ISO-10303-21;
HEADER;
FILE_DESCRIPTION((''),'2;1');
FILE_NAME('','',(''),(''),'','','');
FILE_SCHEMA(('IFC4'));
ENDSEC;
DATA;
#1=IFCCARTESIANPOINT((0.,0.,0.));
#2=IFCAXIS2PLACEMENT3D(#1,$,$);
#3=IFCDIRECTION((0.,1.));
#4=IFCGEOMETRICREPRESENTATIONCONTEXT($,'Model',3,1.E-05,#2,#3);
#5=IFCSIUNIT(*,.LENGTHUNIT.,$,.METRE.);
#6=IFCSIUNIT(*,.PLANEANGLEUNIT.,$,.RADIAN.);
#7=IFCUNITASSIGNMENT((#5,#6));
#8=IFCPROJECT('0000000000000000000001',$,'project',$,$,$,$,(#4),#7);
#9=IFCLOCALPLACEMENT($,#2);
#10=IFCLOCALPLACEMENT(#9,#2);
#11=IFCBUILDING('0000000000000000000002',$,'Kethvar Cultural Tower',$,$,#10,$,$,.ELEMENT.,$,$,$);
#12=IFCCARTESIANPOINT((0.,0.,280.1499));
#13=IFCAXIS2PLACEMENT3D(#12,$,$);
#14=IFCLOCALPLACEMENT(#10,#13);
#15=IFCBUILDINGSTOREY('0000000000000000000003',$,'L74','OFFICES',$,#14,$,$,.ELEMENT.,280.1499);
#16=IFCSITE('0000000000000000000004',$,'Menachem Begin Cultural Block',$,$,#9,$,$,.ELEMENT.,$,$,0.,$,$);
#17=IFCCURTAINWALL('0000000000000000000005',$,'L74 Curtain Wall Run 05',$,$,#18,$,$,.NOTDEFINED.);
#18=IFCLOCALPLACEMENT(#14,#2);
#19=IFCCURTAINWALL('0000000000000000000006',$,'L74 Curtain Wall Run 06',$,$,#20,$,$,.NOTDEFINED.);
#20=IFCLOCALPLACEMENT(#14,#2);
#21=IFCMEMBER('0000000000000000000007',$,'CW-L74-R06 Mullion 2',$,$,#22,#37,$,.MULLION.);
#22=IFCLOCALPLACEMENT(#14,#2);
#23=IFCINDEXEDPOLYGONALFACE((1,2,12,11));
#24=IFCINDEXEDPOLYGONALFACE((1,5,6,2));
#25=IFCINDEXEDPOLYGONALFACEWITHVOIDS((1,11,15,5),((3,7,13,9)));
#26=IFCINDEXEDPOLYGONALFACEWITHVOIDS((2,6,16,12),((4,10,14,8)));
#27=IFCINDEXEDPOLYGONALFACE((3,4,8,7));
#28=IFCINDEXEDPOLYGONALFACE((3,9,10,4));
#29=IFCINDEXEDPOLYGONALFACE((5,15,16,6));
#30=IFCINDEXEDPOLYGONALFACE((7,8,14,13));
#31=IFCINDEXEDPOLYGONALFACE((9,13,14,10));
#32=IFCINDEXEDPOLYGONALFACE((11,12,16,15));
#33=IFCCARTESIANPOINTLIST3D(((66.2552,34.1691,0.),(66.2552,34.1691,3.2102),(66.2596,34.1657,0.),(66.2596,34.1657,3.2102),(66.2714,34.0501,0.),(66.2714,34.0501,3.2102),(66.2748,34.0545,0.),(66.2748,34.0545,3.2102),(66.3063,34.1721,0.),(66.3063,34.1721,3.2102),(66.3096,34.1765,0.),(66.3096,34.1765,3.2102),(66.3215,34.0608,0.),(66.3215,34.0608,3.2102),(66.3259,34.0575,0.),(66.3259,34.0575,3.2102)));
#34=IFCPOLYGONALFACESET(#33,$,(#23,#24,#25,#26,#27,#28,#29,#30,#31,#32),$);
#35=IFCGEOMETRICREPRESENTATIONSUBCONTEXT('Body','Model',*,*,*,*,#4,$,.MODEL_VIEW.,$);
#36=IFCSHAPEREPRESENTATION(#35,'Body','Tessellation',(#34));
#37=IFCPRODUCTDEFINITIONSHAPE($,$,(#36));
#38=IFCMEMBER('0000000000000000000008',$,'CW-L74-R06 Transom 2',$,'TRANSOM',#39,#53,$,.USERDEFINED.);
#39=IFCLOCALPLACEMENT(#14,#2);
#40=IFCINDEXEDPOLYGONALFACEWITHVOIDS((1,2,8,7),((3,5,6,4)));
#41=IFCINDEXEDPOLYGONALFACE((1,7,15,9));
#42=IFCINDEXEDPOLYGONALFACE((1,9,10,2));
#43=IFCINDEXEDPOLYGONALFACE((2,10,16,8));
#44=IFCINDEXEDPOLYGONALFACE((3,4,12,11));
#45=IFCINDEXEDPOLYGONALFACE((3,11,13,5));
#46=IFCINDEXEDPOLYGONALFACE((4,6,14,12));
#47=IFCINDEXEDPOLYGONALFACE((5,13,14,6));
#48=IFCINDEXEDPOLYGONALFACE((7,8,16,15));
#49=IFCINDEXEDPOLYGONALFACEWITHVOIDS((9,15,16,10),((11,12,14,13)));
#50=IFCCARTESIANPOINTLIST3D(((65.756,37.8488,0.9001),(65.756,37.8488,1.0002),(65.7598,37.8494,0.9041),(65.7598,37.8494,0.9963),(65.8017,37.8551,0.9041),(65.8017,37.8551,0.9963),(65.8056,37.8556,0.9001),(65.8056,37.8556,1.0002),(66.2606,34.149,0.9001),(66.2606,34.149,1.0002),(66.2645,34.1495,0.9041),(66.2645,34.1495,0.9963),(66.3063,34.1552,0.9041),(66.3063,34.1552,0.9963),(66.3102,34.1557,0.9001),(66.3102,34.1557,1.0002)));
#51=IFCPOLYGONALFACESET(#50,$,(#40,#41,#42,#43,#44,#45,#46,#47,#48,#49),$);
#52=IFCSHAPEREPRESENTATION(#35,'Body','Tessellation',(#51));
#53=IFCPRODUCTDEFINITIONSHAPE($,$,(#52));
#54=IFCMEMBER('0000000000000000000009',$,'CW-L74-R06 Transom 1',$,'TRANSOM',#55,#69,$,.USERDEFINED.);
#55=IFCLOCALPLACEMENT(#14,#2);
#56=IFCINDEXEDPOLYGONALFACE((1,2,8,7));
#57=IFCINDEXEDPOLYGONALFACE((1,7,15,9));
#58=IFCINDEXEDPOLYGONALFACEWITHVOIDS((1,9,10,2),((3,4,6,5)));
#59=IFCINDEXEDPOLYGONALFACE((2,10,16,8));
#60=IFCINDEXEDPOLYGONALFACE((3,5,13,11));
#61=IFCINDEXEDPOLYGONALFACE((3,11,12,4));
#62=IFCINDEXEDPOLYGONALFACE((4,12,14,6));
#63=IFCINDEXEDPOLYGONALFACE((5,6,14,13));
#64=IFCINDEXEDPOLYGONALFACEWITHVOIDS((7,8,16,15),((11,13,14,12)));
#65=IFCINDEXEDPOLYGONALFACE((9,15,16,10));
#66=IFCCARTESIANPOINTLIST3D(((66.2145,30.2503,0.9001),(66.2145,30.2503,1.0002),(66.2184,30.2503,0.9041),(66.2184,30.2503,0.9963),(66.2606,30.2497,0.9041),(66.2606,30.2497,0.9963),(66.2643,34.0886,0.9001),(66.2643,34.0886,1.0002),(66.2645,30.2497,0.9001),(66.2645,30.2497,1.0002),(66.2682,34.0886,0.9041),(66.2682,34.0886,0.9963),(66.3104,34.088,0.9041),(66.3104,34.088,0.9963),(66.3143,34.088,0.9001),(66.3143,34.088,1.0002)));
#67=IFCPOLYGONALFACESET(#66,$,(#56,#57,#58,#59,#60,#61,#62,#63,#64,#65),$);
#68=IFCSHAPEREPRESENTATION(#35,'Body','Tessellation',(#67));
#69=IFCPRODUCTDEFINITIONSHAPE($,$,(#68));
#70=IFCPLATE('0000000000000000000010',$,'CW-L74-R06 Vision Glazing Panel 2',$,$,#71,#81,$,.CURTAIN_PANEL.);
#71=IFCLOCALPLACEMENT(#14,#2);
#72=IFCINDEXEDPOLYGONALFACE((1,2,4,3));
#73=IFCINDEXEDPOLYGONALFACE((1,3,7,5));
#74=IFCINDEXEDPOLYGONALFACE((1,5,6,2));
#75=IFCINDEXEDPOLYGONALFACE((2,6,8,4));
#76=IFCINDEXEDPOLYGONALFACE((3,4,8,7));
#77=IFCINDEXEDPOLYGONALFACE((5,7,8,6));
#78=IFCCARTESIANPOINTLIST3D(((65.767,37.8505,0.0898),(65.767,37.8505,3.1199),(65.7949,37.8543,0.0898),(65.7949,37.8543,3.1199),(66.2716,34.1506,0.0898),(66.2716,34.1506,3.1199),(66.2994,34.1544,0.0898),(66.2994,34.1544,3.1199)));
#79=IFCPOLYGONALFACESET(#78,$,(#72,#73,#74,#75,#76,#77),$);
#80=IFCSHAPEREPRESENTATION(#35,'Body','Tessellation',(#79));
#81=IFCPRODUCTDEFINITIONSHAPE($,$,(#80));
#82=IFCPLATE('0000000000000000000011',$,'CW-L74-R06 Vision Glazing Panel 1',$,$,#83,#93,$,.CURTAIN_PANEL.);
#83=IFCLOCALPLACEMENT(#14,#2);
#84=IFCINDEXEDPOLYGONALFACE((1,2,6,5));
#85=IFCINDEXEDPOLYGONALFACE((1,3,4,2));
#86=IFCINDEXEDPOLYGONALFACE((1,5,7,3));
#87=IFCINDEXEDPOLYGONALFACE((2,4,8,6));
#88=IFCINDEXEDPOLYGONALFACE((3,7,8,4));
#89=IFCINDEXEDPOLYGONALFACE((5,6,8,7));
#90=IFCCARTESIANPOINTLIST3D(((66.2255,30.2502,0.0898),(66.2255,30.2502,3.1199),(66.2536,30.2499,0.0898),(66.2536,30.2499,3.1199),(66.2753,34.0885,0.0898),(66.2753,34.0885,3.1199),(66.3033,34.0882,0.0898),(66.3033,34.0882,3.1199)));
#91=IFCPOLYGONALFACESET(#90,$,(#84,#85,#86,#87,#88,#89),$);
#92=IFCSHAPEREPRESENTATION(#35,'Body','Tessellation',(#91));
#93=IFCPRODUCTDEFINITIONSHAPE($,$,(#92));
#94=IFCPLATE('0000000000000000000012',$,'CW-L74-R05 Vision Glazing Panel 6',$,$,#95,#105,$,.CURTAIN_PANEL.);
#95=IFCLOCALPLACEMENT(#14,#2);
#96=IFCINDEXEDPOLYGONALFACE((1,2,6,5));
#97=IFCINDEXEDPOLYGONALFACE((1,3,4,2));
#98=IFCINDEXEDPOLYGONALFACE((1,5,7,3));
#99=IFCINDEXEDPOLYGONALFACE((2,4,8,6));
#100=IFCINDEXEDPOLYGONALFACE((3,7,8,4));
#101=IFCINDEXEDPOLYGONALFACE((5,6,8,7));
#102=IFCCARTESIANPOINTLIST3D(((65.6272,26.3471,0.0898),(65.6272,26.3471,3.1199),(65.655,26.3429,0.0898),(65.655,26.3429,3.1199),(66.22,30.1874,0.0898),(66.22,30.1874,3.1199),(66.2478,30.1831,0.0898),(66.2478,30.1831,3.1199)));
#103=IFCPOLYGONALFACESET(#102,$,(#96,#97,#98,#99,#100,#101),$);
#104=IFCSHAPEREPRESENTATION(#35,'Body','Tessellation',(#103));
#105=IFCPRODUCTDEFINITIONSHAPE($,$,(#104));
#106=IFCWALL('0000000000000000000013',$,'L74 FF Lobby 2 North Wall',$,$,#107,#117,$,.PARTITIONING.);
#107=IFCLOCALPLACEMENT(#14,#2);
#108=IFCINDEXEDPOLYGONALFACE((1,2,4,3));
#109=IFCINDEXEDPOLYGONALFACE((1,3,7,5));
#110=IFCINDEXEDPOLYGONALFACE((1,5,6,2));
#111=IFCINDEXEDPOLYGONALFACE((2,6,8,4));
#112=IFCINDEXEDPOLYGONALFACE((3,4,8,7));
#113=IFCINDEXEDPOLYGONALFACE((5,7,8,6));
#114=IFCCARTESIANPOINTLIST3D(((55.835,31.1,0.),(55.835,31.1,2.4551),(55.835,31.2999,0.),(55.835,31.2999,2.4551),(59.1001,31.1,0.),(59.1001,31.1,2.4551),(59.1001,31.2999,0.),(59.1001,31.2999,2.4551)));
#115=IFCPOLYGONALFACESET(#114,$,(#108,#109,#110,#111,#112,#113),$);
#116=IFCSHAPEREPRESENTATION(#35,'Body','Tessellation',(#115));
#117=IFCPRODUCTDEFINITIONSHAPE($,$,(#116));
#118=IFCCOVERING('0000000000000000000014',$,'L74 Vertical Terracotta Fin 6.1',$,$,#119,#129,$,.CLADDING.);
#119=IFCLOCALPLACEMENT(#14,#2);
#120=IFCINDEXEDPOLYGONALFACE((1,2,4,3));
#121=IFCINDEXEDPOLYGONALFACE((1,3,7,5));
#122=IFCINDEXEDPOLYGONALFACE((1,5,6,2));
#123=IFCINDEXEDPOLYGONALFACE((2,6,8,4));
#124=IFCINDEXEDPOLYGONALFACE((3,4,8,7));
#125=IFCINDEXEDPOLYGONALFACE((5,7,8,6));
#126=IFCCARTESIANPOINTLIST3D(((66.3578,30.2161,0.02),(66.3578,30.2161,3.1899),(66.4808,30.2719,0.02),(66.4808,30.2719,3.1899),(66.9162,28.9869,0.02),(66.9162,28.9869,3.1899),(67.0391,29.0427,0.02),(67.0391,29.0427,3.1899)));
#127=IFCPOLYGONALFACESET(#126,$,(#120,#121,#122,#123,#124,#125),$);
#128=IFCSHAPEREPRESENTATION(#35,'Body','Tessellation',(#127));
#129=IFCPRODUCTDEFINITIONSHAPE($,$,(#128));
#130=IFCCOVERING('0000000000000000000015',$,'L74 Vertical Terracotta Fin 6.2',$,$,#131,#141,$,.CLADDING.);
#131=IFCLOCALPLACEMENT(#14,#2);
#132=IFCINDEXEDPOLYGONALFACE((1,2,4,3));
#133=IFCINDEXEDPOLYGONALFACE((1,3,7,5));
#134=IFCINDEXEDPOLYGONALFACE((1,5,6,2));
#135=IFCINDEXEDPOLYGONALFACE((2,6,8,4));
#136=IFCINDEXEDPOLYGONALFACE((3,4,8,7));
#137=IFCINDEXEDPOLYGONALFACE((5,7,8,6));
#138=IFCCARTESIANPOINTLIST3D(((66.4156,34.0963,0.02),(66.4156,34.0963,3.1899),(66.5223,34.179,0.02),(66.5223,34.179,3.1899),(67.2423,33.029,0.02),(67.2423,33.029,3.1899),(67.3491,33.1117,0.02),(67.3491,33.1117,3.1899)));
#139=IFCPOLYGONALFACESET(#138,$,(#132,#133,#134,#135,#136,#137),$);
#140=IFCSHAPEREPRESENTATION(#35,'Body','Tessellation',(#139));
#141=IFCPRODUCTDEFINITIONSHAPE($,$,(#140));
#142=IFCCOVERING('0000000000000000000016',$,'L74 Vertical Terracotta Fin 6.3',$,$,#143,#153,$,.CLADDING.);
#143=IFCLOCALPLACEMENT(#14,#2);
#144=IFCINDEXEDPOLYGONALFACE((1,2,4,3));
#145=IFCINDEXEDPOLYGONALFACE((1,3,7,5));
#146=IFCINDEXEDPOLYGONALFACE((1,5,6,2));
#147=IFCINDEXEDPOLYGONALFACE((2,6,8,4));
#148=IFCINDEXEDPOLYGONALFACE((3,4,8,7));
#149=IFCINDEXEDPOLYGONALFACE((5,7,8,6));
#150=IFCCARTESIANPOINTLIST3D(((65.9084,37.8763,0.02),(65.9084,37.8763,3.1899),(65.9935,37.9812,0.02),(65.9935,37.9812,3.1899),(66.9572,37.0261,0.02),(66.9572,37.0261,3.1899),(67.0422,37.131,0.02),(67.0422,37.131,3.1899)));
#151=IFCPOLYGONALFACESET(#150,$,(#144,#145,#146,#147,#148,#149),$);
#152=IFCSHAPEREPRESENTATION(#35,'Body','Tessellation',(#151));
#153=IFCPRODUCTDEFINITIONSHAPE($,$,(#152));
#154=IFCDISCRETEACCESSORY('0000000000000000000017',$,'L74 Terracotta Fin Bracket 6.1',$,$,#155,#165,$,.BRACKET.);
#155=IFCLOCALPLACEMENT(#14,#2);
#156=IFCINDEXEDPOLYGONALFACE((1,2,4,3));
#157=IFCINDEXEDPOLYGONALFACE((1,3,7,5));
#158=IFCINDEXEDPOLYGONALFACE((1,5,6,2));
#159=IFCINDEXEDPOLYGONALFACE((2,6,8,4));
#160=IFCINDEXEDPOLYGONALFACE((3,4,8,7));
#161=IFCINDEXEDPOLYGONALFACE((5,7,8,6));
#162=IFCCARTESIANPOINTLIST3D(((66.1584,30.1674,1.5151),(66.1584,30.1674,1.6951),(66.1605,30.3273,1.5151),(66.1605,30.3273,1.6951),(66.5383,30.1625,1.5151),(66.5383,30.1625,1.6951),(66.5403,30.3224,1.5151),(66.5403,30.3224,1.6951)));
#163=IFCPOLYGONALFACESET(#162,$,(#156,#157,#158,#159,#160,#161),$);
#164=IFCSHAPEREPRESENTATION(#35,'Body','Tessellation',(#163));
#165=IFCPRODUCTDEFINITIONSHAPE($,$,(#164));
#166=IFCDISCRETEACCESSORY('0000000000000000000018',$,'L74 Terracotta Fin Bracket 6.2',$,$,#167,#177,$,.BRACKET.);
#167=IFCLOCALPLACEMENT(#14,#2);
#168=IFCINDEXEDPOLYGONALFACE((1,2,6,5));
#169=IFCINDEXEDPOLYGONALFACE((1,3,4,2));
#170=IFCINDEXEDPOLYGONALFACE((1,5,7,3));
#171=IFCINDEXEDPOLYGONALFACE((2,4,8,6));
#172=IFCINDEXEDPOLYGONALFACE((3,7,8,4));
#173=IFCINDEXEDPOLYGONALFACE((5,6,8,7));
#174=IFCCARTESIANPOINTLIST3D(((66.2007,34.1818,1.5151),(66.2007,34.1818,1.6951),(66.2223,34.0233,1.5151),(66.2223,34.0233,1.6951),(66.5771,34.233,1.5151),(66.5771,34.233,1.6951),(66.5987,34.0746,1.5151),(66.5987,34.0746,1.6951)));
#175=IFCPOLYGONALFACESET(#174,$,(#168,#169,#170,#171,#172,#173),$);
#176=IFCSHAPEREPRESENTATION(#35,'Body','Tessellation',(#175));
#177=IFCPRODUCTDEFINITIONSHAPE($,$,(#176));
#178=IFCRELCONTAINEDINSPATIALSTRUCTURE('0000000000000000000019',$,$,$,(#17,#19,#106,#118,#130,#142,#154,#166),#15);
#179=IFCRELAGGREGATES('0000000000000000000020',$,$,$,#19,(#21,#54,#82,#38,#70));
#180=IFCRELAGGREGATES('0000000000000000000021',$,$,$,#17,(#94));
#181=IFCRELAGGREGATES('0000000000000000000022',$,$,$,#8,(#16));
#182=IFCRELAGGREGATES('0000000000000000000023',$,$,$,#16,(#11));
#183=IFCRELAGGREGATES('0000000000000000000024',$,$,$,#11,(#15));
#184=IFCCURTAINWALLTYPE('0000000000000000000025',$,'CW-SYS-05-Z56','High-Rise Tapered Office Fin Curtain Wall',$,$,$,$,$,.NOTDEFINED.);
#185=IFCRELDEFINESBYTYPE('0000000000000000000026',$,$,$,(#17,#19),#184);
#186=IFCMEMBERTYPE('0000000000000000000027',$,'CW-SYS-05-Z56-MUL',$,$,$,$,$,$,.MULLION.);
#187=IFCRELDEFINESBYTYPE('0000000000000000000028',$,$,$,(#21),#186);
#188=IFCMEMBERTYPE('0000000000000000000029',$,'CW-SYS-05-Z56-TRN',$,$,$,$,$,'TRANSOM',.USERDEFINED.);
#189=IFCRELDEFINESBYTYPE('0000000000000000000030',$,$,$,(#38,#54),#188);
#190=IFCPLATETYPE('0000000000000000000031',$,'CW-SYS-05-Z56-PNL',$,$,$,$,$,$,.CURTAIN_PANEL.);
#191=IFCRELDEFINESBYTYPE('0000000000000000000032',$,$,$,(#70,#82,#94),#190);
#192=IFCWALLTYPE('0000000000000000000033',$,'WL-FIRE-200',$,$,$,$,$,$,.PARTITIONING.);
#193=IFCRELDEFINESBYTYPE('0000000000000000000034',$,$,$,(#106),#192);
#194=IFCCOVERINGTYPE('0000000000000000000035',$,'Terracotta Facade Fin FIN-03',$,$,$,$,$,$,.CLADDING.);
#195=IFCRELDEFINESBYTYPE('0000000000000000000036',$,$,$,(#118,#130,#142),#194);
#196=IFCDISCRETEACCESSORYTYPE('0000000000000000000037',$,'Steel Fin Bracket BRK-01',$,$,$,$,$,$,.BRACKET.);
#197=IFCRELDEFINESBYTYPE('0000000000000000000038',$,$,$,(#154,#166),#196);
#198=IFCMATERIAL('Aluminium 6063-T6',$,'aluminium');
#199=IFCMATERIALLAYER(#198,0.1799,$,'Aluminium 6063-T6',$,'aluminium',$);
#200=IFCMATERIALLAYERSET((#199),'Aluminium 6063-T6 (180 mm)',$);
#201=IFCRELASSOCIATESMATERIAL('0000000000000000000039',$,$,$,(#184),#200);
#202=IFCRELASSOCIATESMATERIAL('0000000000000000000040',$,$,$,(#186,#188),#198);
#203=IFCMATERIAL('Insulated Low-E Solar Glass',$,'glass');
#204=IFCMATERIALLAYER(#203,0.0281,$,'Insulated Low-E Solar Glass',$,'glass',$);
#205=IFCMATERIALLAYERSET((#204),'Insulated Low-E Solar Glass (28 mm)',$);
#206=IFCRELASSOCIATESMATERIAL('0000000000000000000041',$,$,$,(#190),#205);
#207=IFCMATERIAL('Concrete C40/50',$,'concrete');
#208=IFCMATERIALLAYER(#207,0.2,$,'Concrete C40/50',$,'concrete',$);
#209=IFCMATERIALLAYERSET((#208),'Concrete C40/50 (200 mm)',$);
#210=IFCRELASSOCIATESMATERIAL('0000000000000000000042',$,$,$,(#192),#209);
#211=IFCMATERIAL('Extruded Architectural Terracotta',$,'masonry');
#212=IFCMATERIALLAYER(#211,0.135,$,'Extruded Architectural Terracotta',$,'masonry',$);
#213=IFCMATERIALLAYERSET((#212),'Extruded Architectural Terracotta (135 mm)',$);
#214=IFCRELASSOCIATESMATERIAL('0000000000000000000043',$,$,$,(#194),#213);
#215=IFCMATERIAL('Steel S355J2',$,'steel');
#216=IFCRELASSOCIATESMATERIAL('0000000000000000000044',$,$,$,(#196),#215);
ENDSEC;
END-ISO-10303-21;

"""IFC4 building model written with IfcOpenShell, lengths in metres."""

from ifc_helpers import new_model, si_unit, direction, frame, frame_2d, origin, origin_2d, place, context, subcontext, project, spatial, rectangle, hollow_rectangle, extrude, source, transform, mapped, material, layer, layer_set, material_profile, profile_set, type_object, element, aggregate, save


model = new_model("IFC4")

# Units and contexts
model_context = context("Model", 3, precision=1e-05, world=origin(), true_north=direction((0.0, 1.0)))
body_context = subcontext(model_context, "Body", "Model", "MODEL_VIEW")
ifc_project = project(units=[si_unit("LENGTHUNIT", "METRE"), si_unit("PLANEANGLEUNIT", "RADIAN")], contexts=[model_context])

# Site, building, storey
site_placement = place(None, origin())
site = spatial("IfcSite", under=ifc_project, at=site_placement, Name="Menachem Begin Cultural Block", CompositionType="ELEMENT", RefElevation=0.0)
building_placement = place(site_placement, origin())
building = spatial("IfcBuilding", under=site, at=building_placement, Name="Kethvar Cultural Tower", CompositionType="ELEMENT")
storey_placement = place(building_placement, frame((0.0, 0.0, 280.1499)))
storey = spatial("IfcBuildingStorey", under=building, at=storey_placement, Name="L74", Description="OFFICES", CompositionType="ELEMENT", Elevation=280.1499)

# Shared definitions
ifc_material_1 = material(Name="Steel S355J2", Category="steel")

# Curtain wall
ifc_material_2 = material(Name="Aluminium 6063-T6", Category="aluminium")
ifc_layer_1 = layer(ifc_material_2, 0.1799, Name="Aluminium 6063-T6", Category="aluminium")
ifc_layer_set_1 = layer_set([ifc_layer_1], Name="Aluminium 6063-T6 (180 mm)")
curtain_wall_type = type_object("IfcCurtainWallType", Name="CW-SYS-05-Z56", Description="High-Rise Tapered Office Fin Curtain Wall", PredefinedType="NOTDEFINED", material=ifc_layer_set_1)
curtain_wall_1_placement = place(storey_placement, origin())
curtain_wall_1 = element("IfcCurtainWall", 1, at=curtain_wall_1_placement, inside=storey, type_object=curtain_wall_type, Name="L74 Curtain Wall Run 05", PredefinedType="NOTDEFINED")
ifc_material_profile_1 = material_profile(ifc_material_2, hollow_rectangle(XDim=0.0549, YDim=0.1201, WallThickness=0.0039, at=origin_2d()), Name="Aluminium 6063-T6 — RHS120x55x4")
ifc_profile_set_1 = profile_set([ifc_material_profile_1], Name="Aluminium 6063-T6 — RHS120x55x4")
member_type_1 = type_object("IfcMemberType", Name="CW-SYS-05-Z56-MUL", PredefinedType="MULLION", material=ifc_profile_set_1)
shared_shape_1 = source(origin(), body_context, "Body", "SweptSolid", [
    extrude(hollow_rectangle(XDim=0.0549, YDim=0.1201, WallThickness=0.0039, at=origin_2d()), origin(), (0.0, 0.0, 1.0), 3.2102),
])

# Curtain wall, members, plates
curtain_wall_2_placement = place(storey_placement, origin())
curtain_wall_2 = element("IfcCurtainWall", 2, at=curtain_wall_2_placement, inside=storey, type_object=curtain_wall_type, Name="L74 Curtain Wall Run 06", PredefinedType="NOTDEFINED")
member_1_placement = place(storey_placement, frame((66.2905, 34.1133, 0.0), z_axis=(0.0, 0.0, 1.0), x_axis=(-0.990831, -0.13511, 0.0)))
member_1 = element("IfcMember", 3, at=member_1_placement, type_object=member_type_1, Name="CW-L74-R06 Mullion 2", PredefinedType="MULLION", context=body_context, shape_type="MappedRepresentation", body=[
    mapped(shared_shape_1, transform((0.0, 0.0, 0.0), scale=1.0)),
])
ifc_material_profile_2 = material_profile(ifc_material_2, hollow_rectangle(XDim=0.05, YDim=0.1001, WallThickness=0.0039, at=origin_2d()), Name="Aluminium 6063-T6 — RHS100x50x4")
ifc_profile_set_2 = profile_set([ifc_material_profile_2], Name="Aluminium 6063-T6 — RHS100x50x4")
member_type_2 = type_object("IfcMemberType", Name="CW-SYS-05-Z56-TRN", ElementType="TRANSOM", PredefinedType="USERDEFINED", material=ifc_profile_set_2)
shared_shape_2 = source(origin(), body_context, "Body", "SweptSolid", [
    extrude(hollow_rectangle(XDim=0.05, YDim=0.1001, WallThickness=0.0039, at=origin_2d()), origin(), (0.0, 0.0, 1.0), 3.7341),
])
member_2_placement = place(storey_placement, frame((66.2854, 34.1523, 0.9502), z_axis=(-0.135139, 0.990827, 0.0), x_axis=(-0.990827, -0.135139, 0.0)))
member_2 = element("IfcMember", 4, at=member_2_placement, type_object=member_type_2, Name="CW-L74-R06 Transom 2", ObjectType="TRANSOM", PredefinedType="USERDEFINED", context=body_context, shape_type="MappedRepresentation", body=[
    mapped(shared_shape_2, transform((0.0, 0.0, 0.0), scale=1.0)),
])
shared_shape_3 = source(origin(), body_context, "Body", "SweptSolid", [
    extrude(hollow_rectangle(XDim=0.05, YDim=0.1001, WallThickness=0.0039, at=origin_2d()), origin(), (0.0, 0.0, 1.0), 3.8386),
])
member_3_placement = place(storey_placement, frame((66.2395, 30.25, 0.9502), z_axis=(0.012974, 0.999916, 0.0), x_axis=(-0.999916, 0.012974, 0.0)))
member_3 = element("IfcMember", 5, at=member_3_placement, type_object=member_type_2, Name="CW-L74-R06 Transom 1", ObjectType="TRANSOM", PredefinedType="USERDEFINED", context=body_context, shape_type="MappedRepresentation", body=[
    mapped(shared_shape_3, transform((0.0, 0.0, 0.0), scale=1.0)),
])
ifc_material_3 = material(Name="Insulated Low-E Solar Glass", Category="glass")
ifc_layer_2 = layer(ifc_material_3, 0.0281, Name="Insulated Low-E Solar Glass", Category="glass")
ifc_layer_set_2 = layer_set([ifc_layer_2], Name="Insulated Low-E Solar Glass (28 mm)")
plate_type = type_object("IfcPlateType", Name="CW-SYS-05-Z56-PNL", PredefinedType="CURTAIN_PANEL", material=ifc_layer_set_2)
shared_shape_4 = source(origin(), body_context, "Body", "SweptSolid", [
    extrude(rectangle(XDim=3.7341, YDim=0.0281, at=origin_2d()), origin(), (0.0, 0.0, 1.0), 3.03),
])
plate_1_placement = place(storey_placement, frame((66.0332, 36.0024, 0.0898), z_axis=(0.0, 0.0, 1.0), x_axis=(-0.13511, 0.990831, 0.0)))
plate_1 = element("IfcPlate", 6, at=plate_1_placement, type_object=plate_type, Name="CW-L74-R06 Vision Glazing Panel 2", PredefinedType="CURTAIN_PANEL", context=body_context, shape_type="MappedRepresentation", body=[
    mapped(shared_shape_4, transform((0.0, 0.0, 0.0), scale=1.0)),
])
shared_shape_5 = source(origin(), body_context, "Body", "SweptSolid", [
    extrude(rectangle(XDim=3.8386, YDim=0.0281, at=origin_2d()), origin(), (0.0, 0.0, 1.0), 3.03),
])
plate_2_placement = place(storey_placement, frame((66.2644, 32.1692, 0.0898), z_axis=(0.0, 0.0, 1.0), x_axis=(0.012967, 0.999916, 0.0)))
plate_2 = element("IfcPlate", 7, at=plate_2_placement, type_object=plate_type, Name="CW-L74-R06 Vision Glazing Panel 1", PredefinedType="CURTAIN_PANEL", context=body_context, shape_type="MappedRepresentation", body=[
    mapped(shared_shape_5, transform((0.0, 0.0, 0.0), scale=1.0)),
])
aggregate(curtain_wall_2, [member_1, member_3, plate_2, member_2, plate_1])

# Plate
shared_shape_6 = source(origin(), body_context, "Body", "SweptSolid", [
    extrude(rectangle(XDim=3.8857, YDim=0.0281, at=origin_2d()), origin(), (0.0, 0.0, 1.0), 3.03),
])
plate_3_placement = place(storey_placement, frame((65.9375, 28.2651, 0.0898), z_axis=(0.0, 0.0, 1.0), x_axis=(0.152555, 0.988295, 0.0)))
plate_3 = element("IfcPlate", 8, at=plate_3_placement, type_object=plate_type, Name="CW-L74-R05 Vision Glazing Panel 6", PredefinedType="CURTAIN_PANEL", context=body_context, shape_type="MappedRepresentation", body=[
    mapped(shared_shape_6, transform((0.0, 0.0, 0.0), scale=1.0)),
])
aggregate(curtain_wall_1, [plate_3])

# Wall
ifc_material_4 = material(Name="Concrete C40/50", Category="concrete")
ifc_layer_3 = layer(ifc_material_4, 0.2, Name="Concrete C40/50", Category="concrete")
ifc_layer_set_3 = layer_set([ifc_layer_3], Name="Concrete C40/50 (200 mm)")
wall_type_1 = type_object("IfcWallType", Name="WL-FIRE-200", PredefinedType="PARTITIONING", material=ifc_layer_set_3)
wall_1_placement = place(storey_placement, frame((55.835, 31.2, 0.0), z_axis=(0.0, 0.0, 1.0), x_axis=(1.0, 0.0, 0.0)))
element("IfcWall", 9, at=wall_1_placement, inside=storey, type_object=wall_type_1, Name="L74 FF Lobby 2 North Wall", PredefinedType="PARTITIONING", context=body_context, shape_type="SweptSolid", body=[
    extrude(rectangle(XDim=3.2651, YDim=0.2, at=frame_2d((1.6326, 0.0))), origin(), (0.0, 0.0, 1.0), 2.4551),
])

# Coverings
ifc_material_5 = material(Name="Extruded Architectural Terracotta", Category="masonry")
ifc_layer_4 = layer(ifc_material_5, 0.135, Name="Extruded Architectural Terracotta", Category="masonry")
ifc_layer_set_4 = layer_set([ifc_layer_4], Name="Extruded Architectural Terracotta (135 mm)")
covering_type = type_object("IfcCoveringType", Name="Terracotta Facade Fin FIN-03", PredefinedType="CLADDING", material=ifc_layer_set_4)
shared_shape_7 = source(origin(), body_context, "Body", "SweptSolid", [
    extrude(rectangle(XDim=1.3501, YDim=0.135, at=origin_2d()), origin(), (0.0, 0.0, 1.0), 3.1699),
])
for number, where, z_axis, x_axis, name in (
    (10, (66.6985, 29.6294, 0.02), (0.0, 0.0, 1.0), (0.413581, -0.910467, 0.0), "L74 Vertical Terracotta Fin 6.1"),
    (11, (66.8823, 33.604, 0.02), (0.0, 0.0, 1.0), (0.612355, -0.790583, 0.0), "L74 Vertical Terracotta Fin 6.2"),
    (12, (66.4753, 37.5037, 0.02), (0.0, 0.0, 1.0), (0.776816, -0.629727, 0.0), "L74 Vertical Terracotta Fin 6.3"),
):
    element("IfcCovering", number, at=place(storey_placement, frame(where, z_axis=z_axis, x_axis=x_axis)), inside=storey, type_object=covering_type, Name=name, PredefinedType="CLADDING", context=body_context, shape_type="MappedRepresentation", body=[
        mapped(shared_shape_7, transform((0.0, 0.0, 0.0), scale=1.0)),
    ])

# Discrete accessories
discrete_accessory_type = type_object("IfcDiscreteAccessoryType", Name="Steel Fin Bracket BRK-01", PredefinedType="BRACKET", material=ifc_material_1)
shared_shape_8 = source(origin(), body_context, "Body", "SweptSolid", [
    extrude(rectangle(XDim=0.3799, YDim=0.1599, at=origin_2d()), origin(), (0.0, 0.0, 1.0), 0.1799),
])
for number, where, z_axis, x_axis, name in (
    (13, (66.3494, 30.2449, 1.5151), (0.0, 0.0, 1.0), (0.999917, -0.012915, 0.0), "L74 Terracotta Fin Bracket 6.1"),
    (14, (66.3997, 34.1282, 1.5151), (0.0, 0.0, 1.0), (0.990842, 0.135024, 0.0), "L74 Terracotta Fin Bracket 6.2"),
):
    element("IfcDiscreteAccessory", number, at=place(storey_placement, frame(where, z_axis=z_axis, x_axis=x_axis)), inside=storey, type_object=discrete_accessory_type, Name=name, PredefinedType="BRACKET", context=body_context, shape_type="MappedRepresentation", body=[
        mapped(shared_shape_8, transform((0.0, 0.0, 0.0), scale=1.0)),
    ])

save(model, "model.ifc")
